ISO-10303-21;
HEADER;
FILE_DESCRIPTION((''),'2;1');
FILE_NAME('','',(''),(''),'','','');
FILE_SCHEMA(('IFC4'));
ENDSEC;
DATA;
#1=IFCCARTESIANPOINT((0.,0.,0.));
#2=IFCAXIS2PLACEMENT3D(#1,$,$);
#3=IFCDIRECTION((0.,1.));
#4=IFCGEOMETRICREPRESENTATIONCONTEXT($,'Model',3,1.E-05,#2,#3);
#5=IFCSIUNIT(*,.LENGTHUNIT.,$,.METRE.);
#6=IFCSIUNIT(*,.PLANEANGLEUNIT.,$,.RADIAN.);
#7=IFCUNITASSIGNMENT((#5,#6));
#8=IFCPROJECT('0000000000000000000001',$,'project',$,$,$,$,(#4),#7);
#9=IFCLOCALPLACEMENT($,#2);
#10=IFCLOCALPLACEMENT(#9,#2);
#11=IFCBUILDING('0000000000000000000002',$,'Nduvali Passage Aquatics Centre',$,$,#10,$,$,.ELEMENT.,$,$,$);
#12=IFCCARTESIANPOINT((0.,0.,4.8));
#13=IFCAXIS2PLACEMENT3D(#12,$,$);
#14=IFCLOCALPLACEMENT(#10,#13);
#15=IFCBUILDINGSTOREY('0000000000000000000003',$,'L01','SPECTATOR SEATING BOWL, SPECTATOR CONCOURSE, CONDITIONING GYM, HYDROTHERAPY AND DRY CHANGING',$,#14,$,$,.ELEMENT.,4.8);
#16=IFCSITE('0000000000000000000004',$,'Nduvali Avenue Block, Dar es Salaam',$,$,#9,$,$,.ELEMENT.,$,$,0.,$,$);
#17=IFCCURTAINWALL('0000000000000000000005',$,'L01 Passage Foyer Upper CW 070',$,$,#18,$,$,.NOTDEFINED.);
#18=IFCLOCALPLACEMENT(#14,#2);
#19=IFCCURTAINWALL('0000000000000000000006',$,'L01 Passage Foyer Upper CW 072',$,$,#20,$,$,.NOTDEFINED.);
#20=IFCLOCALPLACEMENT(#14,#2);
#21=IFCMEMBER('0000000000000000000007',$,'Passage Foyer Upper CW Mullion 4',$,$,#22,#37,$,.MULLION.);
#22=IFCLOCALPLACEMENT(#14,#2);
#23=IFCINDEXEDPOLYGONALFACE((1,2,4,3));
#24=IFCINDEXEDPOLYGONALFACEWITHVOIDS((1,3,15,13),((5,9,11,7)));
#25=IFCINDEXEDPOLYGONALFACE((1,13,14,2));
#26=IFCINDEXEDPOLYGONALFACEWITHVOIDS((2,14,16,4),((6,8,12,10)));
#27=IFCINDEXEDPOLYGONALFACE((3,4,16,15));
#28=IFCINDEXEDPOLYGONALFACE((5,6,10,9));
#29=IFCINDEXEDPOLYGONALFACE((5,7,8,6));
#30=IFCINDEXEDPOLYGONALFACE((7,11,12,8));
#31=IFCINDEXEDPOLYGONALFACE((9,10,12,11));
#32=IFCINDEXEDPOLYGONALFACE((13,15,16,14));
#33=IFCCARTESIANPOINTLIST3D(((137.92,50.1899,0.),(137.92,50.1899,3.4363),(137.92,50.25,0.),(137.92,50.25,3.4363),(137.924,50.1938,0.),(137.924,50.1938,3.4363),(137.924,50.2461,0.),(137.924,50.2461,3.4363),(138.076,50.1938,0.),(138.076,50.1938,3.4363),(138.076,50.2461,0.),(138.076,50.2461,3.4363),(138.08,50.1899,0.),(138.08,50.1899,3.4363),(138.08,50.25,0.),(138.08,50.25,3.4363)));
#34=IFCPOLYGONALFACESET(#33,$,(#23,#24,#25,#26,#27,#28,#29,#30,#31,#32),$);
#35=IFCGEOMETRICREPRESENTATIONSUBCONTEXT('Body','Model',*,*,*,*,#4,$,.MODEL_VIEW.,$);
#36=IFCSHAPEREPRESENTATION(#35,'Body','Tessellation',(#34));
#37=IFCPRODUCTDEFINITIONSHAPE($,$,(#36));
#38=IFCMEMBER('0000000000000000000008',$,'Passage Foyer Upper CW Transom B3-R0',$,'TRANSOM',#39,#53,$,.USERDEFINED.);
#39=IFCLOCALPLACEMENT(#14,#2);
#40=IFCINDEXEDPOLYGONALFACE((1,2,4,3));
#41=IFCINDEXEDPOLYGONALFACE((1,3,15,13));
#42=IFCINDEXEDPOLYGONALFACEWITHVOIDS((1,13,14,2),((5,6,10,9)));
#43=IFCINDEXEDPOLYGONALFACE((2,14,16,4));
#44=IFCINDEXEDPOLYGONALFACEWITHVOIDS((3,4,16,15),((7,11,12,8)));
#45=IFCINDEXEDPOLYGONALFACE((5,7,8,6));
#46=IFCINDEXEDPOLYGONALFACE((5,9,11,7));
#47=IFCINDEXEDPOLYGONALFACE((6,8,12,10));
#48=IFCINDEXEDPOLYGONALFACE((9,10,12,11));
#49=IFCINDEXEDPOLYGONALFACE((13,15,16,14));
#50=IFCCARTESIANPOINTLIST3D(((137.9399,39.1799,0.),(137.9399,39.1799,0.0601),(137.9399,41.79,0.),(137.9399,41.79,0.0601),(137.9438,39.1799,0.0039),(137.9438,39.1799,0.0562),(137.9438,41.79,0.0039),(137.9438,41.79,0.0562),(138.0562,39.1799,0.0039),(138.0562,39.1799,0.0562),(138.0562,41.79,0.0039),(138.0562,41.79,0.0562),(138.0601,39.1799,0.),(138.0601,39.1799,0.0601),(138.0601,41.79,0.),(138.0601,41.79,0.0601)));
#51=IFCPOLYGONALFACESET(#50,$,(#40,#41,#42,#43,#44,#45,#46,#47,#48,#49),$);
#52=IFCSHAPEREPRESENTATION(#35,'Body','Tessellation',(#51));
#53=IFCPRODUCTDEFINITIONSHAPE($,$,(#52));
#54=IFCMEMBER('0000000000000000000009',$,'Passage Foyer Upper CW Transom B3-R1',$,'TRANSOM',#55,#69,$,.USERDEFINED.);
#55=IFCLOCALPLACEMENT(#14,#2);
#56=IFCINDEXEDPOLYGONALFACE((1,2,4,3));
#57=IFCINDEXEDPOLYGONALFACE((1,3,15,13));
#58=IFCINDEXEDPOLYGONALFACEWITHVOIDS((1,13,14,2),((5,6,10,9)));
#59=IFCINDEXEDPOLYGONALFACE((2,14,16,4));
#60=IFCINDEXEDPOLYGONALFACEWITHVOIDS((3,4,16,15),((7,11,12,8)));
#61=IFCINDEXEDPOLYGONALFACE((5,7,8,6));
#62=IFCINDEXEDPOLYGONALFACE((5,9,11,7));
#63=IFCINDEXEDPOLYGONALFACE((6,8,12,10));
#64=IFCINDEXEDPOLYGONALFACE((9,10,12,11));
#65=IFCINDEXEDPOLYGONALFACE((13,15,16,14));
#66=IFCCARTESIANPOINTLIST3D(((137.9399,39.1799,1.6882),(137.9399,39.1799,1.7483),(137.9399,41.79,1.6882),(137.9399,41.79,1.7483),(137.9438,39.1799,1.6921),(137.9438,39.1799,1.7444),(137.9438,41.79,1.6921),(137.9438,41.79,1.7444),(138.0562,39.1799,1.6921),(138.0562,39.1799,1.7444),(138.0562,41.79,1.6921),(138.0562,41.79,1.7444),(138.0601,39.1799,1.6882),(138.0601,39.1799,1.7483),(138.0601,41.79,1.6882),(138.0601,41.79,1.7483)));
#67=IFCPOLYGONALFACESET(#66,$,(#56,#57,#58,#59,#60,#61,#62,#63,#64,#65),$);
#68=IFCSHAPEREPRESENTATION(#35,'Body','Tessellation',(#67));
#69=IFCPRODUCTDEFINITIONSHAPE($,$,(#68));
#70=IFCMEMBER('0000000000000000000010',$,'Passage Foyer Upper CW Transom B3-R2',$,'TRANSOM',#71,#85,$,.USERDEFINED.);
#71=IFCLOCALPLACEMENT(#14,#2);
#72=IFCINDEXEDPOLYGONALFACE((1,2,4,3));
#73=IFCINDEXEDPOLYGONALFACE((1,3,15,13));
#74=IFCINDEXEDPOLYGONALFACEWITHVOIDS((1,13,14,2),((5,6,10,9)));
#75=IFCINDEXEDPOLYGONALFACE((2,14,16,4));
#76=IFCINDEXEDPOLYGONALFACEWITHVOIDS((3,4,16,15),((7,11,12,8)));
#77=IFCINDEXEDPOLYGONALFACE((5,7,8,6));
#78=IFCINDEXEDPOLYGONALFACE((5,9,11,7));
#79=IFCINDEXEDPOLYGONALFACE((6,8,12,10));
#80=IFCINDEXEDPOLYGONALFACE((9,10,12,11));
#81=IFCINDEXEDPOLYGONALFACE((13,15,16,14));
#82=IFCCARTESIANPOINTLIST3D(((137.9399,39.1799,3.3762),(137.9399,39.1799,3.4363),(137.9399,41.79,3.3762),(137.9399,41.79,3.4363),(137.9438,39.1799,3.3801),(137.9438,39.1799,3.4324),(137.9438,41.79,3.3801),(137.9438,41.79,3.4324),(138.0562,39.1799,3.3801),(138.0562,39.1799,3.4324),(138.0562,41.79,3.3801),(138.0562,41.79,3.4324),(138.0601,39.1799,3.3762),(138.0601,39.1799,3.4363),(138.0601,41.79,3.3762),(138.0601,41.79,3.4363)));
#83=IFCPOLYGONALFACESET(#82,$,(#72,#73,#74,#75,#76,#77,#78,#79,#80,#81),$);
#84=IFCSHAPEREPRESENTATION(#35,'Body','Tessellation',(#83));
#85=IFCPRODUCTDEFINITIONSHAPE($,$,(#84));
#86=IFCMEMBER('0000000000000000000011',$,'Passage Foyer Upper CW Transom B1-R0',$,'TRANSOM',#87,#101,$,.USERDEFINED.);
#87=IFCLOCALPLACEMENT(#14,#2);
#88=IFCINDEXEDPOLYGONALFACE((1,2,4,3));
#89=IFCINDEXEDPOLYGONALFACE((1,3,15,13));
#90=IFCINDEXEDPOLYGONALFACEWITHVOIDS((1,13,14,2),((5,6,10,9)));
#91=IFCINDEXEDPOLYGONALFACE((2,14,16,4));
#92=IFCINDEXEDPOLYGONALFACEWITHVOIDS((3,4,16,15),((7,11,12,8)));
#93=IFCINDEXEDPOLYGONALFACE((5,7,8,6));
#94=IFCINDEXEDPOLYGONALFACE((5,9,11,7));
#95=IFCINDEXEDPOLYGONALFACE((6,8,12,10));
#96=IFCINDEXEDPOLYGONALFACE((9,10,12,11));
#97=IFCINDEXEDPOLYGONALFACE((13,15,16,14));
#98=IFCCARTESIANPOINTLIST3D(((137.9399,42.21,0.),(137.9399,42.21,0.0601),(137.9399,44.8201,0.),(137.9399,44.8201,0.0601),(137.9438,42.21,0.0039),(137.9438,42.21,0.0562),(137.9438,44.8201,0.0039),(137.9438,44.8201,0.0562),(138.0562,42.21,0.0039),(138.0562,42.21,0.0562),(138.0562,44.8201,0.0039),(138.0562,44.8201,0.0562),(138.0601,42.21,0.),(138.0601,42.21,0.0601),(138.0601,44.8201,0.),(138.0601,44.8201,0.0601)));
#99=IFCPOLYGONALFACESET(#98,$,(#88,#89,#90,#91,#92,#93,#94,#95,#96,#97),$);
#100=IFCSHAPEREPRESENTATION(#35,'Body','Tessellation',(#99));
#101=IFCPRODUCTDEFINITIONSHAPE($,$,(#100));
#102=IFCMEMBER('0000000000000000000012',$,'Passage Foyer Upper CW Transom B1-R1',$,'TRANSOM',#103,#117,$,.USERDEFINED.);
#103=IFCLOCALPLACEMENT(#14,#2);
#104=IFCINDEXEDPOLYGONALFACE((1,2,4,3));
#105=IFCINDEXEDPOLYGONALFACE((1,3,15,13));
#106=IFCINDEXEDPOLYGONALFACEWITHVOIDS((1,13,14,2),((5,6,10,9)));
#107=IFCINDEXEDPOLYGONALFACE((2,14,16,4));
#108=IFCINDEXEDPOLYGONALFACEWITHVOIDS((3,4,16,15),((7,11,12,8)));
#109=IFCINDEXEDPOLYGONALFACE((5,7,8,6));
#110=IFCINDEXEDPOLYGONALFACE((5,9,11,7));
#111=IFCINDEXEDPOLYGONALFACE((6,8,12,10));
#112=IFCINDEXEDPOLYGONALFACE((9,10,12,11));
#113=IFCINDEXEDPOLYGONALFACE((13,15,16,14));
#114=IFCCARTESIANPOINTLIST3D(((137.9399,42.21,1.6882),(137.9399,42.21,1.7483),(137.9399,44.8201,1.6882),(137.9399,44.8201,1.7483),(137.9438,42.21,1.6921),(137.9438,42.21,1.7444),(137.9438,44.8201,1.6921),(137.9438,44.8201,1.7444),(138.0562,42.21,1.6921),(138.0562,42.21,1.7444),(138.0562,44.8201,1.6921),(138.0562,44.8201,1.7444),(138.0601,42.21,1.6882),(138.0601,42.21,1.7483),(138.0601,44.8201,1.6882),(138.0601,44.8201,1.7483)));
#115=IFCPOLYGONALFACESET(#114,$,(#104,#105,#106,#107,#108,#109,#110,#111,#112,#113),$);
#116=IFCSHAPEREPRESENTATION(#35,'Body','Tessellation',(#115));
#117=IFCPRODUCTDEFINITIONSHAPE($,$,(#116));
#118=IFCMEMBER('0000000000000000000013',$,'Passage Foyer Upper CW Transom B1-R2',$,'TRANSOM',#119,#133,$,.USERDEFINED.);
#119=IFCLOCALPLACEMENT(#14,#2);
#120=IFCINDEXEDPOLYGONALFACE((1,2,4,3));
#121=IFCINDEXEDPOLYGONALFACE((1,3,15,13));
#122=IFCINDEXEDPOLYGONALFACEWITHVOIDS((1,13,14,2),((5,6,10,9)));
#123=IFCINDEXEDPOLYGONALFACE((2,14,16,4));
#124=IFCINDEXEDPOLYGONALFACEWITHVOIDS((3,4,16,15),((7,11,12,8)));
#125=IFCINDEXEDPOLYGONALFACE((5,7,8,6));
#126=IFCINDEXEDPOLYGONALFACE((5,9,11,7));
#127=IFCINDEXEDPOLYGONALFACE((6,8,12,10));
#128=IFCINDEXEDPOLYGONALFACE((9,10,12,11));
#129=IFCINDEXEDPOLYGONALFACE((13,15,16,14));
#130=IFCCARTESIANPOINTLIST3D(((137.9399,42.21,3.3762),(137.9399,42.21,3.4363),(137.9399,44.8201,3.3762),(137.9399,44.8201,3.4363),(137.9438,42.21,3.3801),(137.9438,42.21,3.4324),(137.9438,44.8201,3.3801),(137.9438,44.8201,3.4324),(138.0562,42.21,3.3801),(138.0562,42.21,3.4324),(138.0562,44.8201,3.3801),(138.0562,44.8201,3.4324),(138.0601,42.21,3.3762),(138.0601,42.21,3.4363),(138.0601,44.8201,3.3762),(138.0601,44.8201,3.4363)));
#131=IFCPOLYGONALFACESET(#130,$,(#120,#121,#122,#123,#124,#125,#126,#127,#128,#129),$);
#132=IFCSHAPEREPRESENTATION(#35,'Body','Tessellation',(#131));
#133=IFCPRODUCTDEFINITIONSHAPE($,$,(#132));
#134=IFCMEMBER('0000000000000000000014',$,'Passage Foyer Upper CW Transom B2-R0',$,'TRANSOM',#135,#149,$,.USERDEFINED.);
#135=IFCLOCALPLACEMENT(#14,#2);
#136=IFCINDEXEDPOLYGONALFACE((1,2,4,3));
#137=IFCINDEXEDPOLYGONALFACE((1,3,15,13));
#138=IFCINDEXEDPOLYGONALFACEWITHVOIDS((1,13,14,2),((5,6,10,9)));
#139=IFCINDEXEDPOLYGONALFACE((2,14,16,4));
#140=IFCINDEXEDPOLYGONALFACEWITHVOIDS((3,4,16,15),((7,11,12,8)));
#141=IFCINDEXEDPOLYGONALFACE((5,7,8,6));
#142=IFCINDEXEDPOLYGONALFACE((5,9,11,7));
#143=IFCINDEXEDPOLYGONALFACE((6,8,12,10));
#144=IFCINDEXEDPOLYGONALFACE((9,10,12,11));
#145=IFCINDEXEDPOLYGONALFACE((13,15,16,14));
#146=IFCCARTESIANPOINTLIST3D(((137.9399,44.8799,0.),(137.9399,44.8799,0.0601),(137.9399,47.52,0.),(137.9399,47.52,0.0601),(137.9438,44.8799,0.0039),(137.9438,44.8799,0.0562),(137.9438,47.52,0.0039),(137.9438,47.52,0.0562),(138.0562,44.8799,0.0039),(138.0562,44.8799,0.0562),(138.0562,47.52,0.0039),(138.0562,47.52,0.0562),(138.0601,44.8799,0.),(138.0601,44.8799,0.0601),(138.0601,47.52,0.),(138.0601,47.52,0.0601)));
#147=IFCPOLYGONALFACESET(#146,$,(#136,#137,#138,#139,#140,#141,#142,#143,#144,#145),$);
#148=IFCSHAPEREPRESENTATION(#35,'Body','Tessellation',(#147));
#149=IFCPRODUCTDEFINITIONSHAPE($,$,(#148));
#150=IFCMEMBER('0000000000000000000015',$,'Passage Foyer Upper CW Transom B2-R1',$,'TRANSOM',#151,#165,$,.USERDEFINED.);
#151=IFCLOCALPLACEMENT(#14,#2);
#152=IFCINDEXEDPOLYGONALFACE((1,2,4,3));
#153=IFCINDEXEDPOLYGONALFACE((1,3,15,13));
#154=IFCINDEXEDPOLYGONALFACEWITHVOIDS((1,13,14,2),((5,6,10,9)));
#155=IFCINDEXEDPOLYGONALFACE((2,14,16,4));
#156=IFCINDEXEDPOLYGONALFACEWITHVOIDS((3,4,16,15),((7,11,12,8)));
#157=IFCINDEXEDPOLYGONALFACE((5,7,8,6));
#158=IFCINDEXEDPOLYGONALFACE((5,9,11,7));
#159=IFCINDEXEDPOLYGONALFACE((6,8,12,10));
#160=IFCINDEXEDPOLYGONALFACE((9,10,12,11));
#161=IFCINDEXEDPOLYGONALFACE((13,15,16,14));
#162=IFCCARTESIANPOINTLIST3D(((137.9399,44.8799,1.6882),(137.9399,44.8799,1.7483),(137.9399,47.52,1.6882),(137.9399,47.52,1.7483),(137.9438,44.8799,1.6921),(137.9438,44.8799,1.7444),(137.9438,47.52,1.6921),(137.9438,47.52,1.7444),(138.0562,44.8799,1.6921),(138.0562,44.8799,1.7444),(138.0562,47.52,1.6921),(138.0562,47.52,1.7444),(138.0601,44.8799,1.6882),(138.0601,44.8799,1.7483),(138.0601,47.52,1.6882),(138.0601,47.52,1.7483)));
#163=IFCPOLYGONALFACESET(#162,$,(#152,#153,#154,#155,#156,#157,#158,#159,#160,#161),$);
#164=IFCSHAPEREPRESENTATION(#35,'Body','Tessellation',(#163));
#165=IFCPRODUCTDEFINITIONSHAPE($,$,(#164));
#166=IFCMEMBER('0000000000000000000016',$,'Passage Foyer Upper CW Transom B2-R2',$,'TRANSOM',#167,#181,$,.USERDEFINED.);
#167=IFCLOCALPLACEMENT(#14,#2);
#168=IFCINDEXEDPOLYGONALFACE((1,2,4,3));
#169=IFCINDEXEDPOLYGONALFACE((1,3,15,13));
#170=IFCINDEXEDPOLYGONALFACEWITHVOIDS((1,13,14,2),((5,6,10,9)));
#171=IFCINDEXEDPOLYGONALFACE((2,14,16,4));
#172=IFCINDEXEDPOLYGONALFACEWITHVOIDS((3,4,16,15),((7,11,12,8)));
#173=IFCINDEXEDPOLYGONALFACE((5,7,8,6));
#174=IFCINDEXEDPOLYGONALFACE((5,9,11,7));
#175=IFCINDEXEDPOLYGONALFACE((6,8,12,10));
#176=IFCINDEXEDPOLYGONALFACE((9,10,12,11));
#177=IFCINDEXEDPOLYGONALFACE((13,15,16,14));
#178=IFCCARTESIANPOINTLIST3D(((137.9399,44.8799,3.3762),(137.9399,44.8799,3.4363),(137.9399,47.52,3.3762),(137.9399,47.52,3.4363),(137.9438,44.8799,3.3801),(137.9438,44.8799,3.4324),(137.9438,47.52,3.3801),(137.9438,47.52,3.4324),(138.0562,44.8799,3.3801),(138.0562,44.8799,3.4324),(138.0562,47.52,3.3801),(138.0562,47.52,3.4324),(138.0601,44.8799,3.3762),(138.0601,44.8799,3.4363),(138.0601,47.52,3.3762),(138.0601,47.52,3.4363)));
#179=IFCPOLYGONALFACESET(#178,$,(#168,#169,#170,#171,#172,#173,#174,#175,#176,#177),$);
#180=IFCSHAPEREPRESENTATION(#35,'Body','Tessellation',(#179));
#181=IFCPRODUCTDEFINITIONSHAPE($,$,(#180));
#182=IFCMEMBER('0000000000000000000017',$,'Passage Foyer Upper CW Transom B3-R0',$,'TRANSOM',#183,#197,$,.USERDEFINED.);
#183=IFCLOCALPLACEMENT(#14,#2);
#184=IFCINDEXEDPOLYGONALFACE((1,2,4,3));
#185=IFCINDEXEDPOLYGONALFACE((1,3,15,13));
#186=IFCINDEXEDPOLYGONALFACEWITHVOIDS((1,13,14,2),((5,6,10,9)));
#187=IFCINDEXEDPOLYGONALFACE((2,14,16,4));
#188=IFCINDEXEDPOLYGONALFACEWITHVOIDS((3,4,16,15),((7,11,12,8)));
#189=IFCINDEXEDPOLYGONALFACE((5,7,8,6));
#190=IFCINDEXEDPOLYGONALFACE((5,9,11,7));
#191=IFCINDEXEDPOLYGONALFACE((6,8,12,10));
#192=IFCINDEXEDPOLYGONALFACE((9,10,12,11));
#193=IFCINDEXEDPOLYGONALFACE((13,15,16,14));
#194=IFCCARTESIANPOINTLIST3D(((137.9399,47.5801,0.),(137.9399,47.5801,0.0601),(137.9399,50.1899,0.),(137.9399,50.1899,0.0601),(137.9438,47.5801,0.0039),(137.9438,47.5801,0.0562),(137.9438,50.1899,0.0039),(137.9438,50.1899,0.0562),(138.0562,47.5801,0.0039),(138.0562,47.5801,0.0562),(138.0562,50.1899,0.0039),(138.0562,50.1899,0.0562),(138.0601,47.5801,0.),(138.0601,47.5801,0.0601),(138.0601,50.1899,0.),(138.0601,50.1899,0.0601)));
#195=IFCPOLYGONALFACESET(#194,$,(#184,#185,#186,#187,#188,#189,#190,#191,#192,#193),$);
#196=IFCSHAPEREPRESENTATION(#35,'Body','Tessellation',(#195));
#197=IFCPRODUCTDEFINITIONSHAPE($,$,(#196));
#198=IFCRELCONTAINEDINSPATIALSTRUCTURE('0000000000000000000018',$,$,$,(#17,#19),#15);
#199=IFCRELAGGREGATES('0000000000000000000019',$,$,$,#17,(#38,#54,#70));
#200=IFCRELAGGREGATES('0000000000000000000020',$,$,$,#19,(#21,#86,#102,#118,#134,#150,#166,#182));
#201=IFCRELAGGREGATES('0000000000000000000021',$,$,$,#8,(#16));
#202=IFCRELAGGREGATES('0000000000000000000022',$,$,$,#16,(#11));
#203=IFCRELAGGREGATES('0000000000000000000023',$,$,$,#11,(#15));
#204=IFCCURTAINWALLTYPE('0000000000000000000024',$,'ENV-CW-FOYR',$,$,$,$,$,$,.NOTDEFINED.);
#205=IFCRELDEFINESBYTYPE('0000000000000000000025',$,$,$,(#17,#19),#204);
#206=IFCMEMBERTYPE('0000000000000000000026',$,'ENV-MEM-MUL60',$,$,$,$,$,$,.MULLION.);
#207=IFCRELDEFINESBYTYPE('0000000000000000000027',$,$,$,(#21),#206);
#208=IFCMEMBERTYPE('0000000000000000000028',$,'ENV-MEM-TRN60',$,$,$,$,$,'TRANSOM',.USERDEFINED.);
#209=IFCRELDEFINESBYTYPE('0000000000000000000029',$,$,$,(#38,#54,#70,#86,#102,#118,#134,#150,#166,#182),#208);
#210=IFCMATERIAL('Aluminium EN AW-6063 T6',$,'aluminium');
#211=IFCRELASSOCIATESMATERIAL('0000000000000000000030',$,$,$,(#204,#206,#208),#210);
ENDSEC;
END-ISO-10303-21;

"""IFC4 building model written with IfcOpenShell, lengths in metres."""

from ifc_helpers import new_model, si_unit, direction, frame, origin, origin_2d, place, context, subcontext, project, spatial, hollow_rectangle, extrude, material, material_profile, profile_set, type_object, element, aggregate, save


model = new_model("IFC4")

# Units and contexts
model_context = context("Model", 3, precision=1e-05, world=origin(), true_north=direction((0.0, 1.0)))
body_context = subcontext(model_context, "Body", "Model", "MODEL_VIEW")
ifc_project = project(units=[si_unit("LENGTHUNIT", "METRE"), si_unit("PLANEANGLEUNIT", "RADIAN")], contexts=[model_context])

# Site, building, storey
site_placement = place(None, origin())
site = spatial("IfcSite", under=ifc_project, at=site_placement, Name="Nduvali Avenue Block, Dar es Salaam", CompositionType="ELEMENT", RefElevation=0.0)
building_placement = place(site_placement, origin())
building = spatial("IfcBuilding", under=site, at=building_placement, Name="Nduvali Passage Aquatics Centre", CompositionType="ELEMENT")
storey_placement = place(building_placement, frame((0.0, 0.0, 4.8)))
storey = spatial("IfcBuildingStorey", under=building, at=storey_placement, Name="L01", Description="SPECTATOR SEATING BOWL, SPECTATOR CONCOURSE, CONDITIONING GYM, HYDROTHERAPY AND DRY CHANGING", CompositionType="ELEMENT", Elevation=4.8)

# Curtain walls, member
ifc_material_1 = material(Name="Aluminium EN AW-6063 T6", Category="aluminium")
curtain_wall_type = type_object("IfcCurtainWallType", Name="ENV-CW-FOYR", PredefinedType="NOTDEFINED", material=ifc_material_1)
curtain_wall_1_placement = place(storey_placement, origin())
curtain_wall_1 = element("IfcCurtainWall", 1, at=curtain_wall_1_placement, inside=storey, type_object=curtain_wall_type, Name="L01 Passage Foyer Upper CW 070", PredefinedType="NOTDEFINED")
ifc_material_profile_1 = material_profile(ifc_material_1, hollow_rectangle(XDim=0.0601, YDim=0.1599, WallThickness=0.0039, at=origin_2d()), Name="ALU MULLION 60x160x4")
ifc_profile_set_1 = profile_set([ifc_material_profile_1], Name="Aluminium EN AW-6063 T6")
member_type_1 = type_object("IfcMemberType", Name="ENV-MEM-MUL60", PredefinedType="MULLION", material=ifc_profile_set_1)
curtain_wall_2_placement = place(storey_placement, origin())
curtain_wall_2 = element("IfcCurtainWall", 2, at=curtain_wall_2_placement, inside=storey, type_object=curtain_wall_type, Name="L01 Passage Foyer Upper CW 072", PredefinedType="NOTDEFINED")
member_1_placement = place(storey_placement, frame((138.0, 50.22, 0.0), z_axis=(0.0, 0.0, 1.0), x_axis=(0.0, 1.0, 0.0)))
member_1 = element("IfcMember", 3, at=member_1_placement, type_object=member_type_1, Name="Passage Foyer Upper CW Mullion 4", PredefinedType="MULLION", context=body_context, shape_type="SweptSolid", body=[
    extrude(hollow_rectangle(XDim=0.0601, YDim=0.1599, WallThickness=0.0039, at=origin_2d()), origin(), (0.0, 0.0, 1.0), 3.4363),
])

# Members
ifc_material_profile_2 = material_profile(ifc_material_1, hollow_rectangle(XDim=0.1201, YDim=0.0601, WallThickness=0.0039, at=origin_2d()), Name="ALU TRANSOM 120x60x4")
ifc_profile_set_2 = profile_set([ifc_material_profile_2], Name="Aluminium EN AW-6063 T6")
member_type_2 = type_object("IfcMemberType", Name="ENV-MEM-TRN60", ElementType="TRANSOM", PredefinedType="USERDEFINED", material=ifc_profile_set_2)
member_2_placement = place(storey_placement, frame((138.0, 39.1799, 0.03), z_axis=(0.0, 1.0, 0.0), x_axis=(-1.0, 0.0, 0.0)))
member_2 = element("IfcMember", 4, at=member_2_placement, type_object=member_type_2, Name="Passage Foyer Upper CW Transom B3-R0", ObjectType="TRANSOM", PredefinedType="USERDEFINED", context=body_context, shape_type="SweptSolid", body=[
    extrude(hollow_rectangle(XDim=0.1201, YDim=0.0601, WallThickness=0.0039, at=origin_2d()), origin(), (0.0, 0.0, 1.0), 2.6101),
])
member_3_placement = place(storey_placement, frame((138.0, 39.1799, 1.7183), z_axis=(0.0, 1.0, 0.0), x_axis=(-1.0, 0.0, 0.0)))
member_3 = element("IfcMember", 5, at=member_3_placement, type_object=member_type_2, Name="Passage Foyer Upper CW Transom B3-R1", ObjectType="TRANSOM", PredefinedType="USERDEFINED", context=body_context, shape_type="SweptSolid", body=[
    extrude(hollow_rectangle(XDim=0.1201, YDim=0.0601, WallThickness=0.0039, at=origin_2d()), origin(), (0.0, 0.0, 1.0), 2.6101),
])
member_4_placement = place(storey_placement, frame((138.0, 39.1799, 3.4062), z_axis=(0.0, 1.0, 0.0), x_axis=(-1.0, 0.0, 0.0)))
member_4 = element("IfcMember", 6, at=member_4_placement, type_object=member_type_2, Name="Passage Foyer Upper CW Transom B3-R2", ObjectType="TRANSOM", PredefinedType="USERDEFINED", context=body_context, shape_type="SweptSolid", body=[
    extrude(hollow_rectangle(XDim=0.1201, YDim=0.0601, WallThickness=0.0039, at=origin_2d()), origin(), (0.0, 0.0, 1.0), 2.6101),
])
member_5_placement = place(storey_placement, frame((138.0, 42.21, 0.03), z_axis=(0.0, 1.0, 0.0), x_axis=(-1.0, 0.0, 0.0)))
member_5 = element("IfcMember", 7, at=member_5_placement, type_object=member_type_2, Name="Passage Foyer Upper CW Transom B1-R0", ObjectType="TRANSOM", PredefinedType="USERDEFINED", context=body_context, shape_type="SweptSolid", body=[
    extrude(hollow_rectangle(XDim=0.1201, YDim=0.0601, WallThickness=0.0039, at=origin_2d()), origin(), (0.0, 0.0, 1.0), 2.6101),
])
member_6_placement = place(storey_placement, frame((138.0, 42.21, 1.7183), z_axis=(0.0, 1.0, 0.0), x_axis=(-1.0, 0.0, 0.0)))
member_6 = element("IfcMember", 8, at=member_6_placement, type_object=member_type_2, Name="Passage Foyer Upper CW Transom B1-R1", ObjectType="TRANSOM", PredefinedType="USERDEFINED", context=body_context, shape_type="SweptSolid", body=[
    extrude(hollow_rectangle(XDim=0.1201, YDim=0.0601, WallThickness=0.0039, at=origin_2d()), origin(), (0.0, 0.0, 1.0), 2.6101),
])
member_7_placement = place(storey_placement, frame((138.0, 42.21, 3.4062), z_axis=(0.0, 1.0, 0.0), x_axis=(-1.0, 0.0, 0.0)))
member_7 = element("IfcMember", 9, at=member_7_placement, type_object=member_type_2, Name="Passage Foyer Upper CW Transom B1-R2", ObjectType="TRANSOM", PredefinedType="USERDEFINED", context=body_context, shape_type="SweptSolid", body=[
    extrude(hollow_rectangle(XDim=0.1201, YDim=0.0601, WallThickness=0.0039, at=origin_2d()), origin(), (0.0, 0.0, 1.0), 2.6101),
])
member_8_placement = place(storey_placement, frame((138.0, 44.8799, 0.03), z_axis=(0.0, 1.0, 0.0), x_axis=(-1.0, 0.0, 0.0)))
member_8 = element("IfcMember", 10, at=member_8_placement, type_object=member_type_2, Name="Passage Foyer Upper CW Transom B2-R0", ObjectType="TRANSOM", PredefinedType="USERDEFINED", context=body_context, shape_type="SweptSolid", body=[
    extrude(hollow_rectangle(XDim=0.1201, YDim=0.0601, WallThickness=0.0039, at=origin_2d()), origin(), (0.0, 0.0, 1.0), 2.6401),
])
member_9_placement = place(storey_placement, frame((138.0, 44.8799, 1.7183), z_axis=(0.0, 1.0, 0.0), x_axis=(-1.0, 0.0, 0.0)))
member_9 = element("IfcMember", 11, at=member_9_placement, type_object=member_type_2, Name="Passage Foyer Upper CW Transom B2-R1", ObjectType="TRANSOM", PredefinedType="USERDEFINED", context=body_context, shape_type="SweptSolid", body=[
    extrude(hollow_rectangle(XDim=0.1201, YDim=0.0601, WallThickness=0.0039, at=origin_2d()), origin(), (0.0, 0.0, 1.0), 2.6401),
])
member_10_placement = place(storey_placement, frame((138.0, 44.8799, 3.4062), z_axis=(0.0, 1.0, 0.0), x_axis=(-1.0, 0.0, 0.0)))
member_10 = element("IfcMember", 12, at=member_10_placement, type_object=member_type_2, Name="Passage Foyer Upper CW Transom B2-R2", ObjectType="TRANSOM", PredefinedType="USERDEFINED", context=body_context, shape_type="SweptSolid", body=[
    extrude(hollow_rectangle(XDim=0.1201, YDim=0.0601, WallThickness=0.0039, at=origin_2d()), origin(), (0.0, 0.0, 1.0), 2.6401),
])
member_11_placement = place(storey_placement, frame((138.0, 47.5801, 0.03), z_axis=(0.0, 1.0, 0.0), x_axis=(-1.0, 0.0, 0.0)))
member_11 = element("IfcMember", 13, at=member_11_placement, type_object=member_type_2, Name="Passage Foyer Upper CW Transom B3-R0", ObjectType="TRANSOM", PredefinedType="USERDEFINED", context=body_context, shape_type="SweptSolid", body=[
    extrude(hollow_rectangle(XDim=0.1201, YDim=0.0601, WallThickness=0.0039, at=origin_2d()), origin(), (0.0, 0.0, 1.0), 2.6099),
])

aggregate(curtain_wall_1, [member_2, member_3, member_4])
aggregate(curtain_wall_2, [member_1, member_5, member_6, member_7, member_8, member_9, member_10, member_11])

save(model, "model.ifc")
